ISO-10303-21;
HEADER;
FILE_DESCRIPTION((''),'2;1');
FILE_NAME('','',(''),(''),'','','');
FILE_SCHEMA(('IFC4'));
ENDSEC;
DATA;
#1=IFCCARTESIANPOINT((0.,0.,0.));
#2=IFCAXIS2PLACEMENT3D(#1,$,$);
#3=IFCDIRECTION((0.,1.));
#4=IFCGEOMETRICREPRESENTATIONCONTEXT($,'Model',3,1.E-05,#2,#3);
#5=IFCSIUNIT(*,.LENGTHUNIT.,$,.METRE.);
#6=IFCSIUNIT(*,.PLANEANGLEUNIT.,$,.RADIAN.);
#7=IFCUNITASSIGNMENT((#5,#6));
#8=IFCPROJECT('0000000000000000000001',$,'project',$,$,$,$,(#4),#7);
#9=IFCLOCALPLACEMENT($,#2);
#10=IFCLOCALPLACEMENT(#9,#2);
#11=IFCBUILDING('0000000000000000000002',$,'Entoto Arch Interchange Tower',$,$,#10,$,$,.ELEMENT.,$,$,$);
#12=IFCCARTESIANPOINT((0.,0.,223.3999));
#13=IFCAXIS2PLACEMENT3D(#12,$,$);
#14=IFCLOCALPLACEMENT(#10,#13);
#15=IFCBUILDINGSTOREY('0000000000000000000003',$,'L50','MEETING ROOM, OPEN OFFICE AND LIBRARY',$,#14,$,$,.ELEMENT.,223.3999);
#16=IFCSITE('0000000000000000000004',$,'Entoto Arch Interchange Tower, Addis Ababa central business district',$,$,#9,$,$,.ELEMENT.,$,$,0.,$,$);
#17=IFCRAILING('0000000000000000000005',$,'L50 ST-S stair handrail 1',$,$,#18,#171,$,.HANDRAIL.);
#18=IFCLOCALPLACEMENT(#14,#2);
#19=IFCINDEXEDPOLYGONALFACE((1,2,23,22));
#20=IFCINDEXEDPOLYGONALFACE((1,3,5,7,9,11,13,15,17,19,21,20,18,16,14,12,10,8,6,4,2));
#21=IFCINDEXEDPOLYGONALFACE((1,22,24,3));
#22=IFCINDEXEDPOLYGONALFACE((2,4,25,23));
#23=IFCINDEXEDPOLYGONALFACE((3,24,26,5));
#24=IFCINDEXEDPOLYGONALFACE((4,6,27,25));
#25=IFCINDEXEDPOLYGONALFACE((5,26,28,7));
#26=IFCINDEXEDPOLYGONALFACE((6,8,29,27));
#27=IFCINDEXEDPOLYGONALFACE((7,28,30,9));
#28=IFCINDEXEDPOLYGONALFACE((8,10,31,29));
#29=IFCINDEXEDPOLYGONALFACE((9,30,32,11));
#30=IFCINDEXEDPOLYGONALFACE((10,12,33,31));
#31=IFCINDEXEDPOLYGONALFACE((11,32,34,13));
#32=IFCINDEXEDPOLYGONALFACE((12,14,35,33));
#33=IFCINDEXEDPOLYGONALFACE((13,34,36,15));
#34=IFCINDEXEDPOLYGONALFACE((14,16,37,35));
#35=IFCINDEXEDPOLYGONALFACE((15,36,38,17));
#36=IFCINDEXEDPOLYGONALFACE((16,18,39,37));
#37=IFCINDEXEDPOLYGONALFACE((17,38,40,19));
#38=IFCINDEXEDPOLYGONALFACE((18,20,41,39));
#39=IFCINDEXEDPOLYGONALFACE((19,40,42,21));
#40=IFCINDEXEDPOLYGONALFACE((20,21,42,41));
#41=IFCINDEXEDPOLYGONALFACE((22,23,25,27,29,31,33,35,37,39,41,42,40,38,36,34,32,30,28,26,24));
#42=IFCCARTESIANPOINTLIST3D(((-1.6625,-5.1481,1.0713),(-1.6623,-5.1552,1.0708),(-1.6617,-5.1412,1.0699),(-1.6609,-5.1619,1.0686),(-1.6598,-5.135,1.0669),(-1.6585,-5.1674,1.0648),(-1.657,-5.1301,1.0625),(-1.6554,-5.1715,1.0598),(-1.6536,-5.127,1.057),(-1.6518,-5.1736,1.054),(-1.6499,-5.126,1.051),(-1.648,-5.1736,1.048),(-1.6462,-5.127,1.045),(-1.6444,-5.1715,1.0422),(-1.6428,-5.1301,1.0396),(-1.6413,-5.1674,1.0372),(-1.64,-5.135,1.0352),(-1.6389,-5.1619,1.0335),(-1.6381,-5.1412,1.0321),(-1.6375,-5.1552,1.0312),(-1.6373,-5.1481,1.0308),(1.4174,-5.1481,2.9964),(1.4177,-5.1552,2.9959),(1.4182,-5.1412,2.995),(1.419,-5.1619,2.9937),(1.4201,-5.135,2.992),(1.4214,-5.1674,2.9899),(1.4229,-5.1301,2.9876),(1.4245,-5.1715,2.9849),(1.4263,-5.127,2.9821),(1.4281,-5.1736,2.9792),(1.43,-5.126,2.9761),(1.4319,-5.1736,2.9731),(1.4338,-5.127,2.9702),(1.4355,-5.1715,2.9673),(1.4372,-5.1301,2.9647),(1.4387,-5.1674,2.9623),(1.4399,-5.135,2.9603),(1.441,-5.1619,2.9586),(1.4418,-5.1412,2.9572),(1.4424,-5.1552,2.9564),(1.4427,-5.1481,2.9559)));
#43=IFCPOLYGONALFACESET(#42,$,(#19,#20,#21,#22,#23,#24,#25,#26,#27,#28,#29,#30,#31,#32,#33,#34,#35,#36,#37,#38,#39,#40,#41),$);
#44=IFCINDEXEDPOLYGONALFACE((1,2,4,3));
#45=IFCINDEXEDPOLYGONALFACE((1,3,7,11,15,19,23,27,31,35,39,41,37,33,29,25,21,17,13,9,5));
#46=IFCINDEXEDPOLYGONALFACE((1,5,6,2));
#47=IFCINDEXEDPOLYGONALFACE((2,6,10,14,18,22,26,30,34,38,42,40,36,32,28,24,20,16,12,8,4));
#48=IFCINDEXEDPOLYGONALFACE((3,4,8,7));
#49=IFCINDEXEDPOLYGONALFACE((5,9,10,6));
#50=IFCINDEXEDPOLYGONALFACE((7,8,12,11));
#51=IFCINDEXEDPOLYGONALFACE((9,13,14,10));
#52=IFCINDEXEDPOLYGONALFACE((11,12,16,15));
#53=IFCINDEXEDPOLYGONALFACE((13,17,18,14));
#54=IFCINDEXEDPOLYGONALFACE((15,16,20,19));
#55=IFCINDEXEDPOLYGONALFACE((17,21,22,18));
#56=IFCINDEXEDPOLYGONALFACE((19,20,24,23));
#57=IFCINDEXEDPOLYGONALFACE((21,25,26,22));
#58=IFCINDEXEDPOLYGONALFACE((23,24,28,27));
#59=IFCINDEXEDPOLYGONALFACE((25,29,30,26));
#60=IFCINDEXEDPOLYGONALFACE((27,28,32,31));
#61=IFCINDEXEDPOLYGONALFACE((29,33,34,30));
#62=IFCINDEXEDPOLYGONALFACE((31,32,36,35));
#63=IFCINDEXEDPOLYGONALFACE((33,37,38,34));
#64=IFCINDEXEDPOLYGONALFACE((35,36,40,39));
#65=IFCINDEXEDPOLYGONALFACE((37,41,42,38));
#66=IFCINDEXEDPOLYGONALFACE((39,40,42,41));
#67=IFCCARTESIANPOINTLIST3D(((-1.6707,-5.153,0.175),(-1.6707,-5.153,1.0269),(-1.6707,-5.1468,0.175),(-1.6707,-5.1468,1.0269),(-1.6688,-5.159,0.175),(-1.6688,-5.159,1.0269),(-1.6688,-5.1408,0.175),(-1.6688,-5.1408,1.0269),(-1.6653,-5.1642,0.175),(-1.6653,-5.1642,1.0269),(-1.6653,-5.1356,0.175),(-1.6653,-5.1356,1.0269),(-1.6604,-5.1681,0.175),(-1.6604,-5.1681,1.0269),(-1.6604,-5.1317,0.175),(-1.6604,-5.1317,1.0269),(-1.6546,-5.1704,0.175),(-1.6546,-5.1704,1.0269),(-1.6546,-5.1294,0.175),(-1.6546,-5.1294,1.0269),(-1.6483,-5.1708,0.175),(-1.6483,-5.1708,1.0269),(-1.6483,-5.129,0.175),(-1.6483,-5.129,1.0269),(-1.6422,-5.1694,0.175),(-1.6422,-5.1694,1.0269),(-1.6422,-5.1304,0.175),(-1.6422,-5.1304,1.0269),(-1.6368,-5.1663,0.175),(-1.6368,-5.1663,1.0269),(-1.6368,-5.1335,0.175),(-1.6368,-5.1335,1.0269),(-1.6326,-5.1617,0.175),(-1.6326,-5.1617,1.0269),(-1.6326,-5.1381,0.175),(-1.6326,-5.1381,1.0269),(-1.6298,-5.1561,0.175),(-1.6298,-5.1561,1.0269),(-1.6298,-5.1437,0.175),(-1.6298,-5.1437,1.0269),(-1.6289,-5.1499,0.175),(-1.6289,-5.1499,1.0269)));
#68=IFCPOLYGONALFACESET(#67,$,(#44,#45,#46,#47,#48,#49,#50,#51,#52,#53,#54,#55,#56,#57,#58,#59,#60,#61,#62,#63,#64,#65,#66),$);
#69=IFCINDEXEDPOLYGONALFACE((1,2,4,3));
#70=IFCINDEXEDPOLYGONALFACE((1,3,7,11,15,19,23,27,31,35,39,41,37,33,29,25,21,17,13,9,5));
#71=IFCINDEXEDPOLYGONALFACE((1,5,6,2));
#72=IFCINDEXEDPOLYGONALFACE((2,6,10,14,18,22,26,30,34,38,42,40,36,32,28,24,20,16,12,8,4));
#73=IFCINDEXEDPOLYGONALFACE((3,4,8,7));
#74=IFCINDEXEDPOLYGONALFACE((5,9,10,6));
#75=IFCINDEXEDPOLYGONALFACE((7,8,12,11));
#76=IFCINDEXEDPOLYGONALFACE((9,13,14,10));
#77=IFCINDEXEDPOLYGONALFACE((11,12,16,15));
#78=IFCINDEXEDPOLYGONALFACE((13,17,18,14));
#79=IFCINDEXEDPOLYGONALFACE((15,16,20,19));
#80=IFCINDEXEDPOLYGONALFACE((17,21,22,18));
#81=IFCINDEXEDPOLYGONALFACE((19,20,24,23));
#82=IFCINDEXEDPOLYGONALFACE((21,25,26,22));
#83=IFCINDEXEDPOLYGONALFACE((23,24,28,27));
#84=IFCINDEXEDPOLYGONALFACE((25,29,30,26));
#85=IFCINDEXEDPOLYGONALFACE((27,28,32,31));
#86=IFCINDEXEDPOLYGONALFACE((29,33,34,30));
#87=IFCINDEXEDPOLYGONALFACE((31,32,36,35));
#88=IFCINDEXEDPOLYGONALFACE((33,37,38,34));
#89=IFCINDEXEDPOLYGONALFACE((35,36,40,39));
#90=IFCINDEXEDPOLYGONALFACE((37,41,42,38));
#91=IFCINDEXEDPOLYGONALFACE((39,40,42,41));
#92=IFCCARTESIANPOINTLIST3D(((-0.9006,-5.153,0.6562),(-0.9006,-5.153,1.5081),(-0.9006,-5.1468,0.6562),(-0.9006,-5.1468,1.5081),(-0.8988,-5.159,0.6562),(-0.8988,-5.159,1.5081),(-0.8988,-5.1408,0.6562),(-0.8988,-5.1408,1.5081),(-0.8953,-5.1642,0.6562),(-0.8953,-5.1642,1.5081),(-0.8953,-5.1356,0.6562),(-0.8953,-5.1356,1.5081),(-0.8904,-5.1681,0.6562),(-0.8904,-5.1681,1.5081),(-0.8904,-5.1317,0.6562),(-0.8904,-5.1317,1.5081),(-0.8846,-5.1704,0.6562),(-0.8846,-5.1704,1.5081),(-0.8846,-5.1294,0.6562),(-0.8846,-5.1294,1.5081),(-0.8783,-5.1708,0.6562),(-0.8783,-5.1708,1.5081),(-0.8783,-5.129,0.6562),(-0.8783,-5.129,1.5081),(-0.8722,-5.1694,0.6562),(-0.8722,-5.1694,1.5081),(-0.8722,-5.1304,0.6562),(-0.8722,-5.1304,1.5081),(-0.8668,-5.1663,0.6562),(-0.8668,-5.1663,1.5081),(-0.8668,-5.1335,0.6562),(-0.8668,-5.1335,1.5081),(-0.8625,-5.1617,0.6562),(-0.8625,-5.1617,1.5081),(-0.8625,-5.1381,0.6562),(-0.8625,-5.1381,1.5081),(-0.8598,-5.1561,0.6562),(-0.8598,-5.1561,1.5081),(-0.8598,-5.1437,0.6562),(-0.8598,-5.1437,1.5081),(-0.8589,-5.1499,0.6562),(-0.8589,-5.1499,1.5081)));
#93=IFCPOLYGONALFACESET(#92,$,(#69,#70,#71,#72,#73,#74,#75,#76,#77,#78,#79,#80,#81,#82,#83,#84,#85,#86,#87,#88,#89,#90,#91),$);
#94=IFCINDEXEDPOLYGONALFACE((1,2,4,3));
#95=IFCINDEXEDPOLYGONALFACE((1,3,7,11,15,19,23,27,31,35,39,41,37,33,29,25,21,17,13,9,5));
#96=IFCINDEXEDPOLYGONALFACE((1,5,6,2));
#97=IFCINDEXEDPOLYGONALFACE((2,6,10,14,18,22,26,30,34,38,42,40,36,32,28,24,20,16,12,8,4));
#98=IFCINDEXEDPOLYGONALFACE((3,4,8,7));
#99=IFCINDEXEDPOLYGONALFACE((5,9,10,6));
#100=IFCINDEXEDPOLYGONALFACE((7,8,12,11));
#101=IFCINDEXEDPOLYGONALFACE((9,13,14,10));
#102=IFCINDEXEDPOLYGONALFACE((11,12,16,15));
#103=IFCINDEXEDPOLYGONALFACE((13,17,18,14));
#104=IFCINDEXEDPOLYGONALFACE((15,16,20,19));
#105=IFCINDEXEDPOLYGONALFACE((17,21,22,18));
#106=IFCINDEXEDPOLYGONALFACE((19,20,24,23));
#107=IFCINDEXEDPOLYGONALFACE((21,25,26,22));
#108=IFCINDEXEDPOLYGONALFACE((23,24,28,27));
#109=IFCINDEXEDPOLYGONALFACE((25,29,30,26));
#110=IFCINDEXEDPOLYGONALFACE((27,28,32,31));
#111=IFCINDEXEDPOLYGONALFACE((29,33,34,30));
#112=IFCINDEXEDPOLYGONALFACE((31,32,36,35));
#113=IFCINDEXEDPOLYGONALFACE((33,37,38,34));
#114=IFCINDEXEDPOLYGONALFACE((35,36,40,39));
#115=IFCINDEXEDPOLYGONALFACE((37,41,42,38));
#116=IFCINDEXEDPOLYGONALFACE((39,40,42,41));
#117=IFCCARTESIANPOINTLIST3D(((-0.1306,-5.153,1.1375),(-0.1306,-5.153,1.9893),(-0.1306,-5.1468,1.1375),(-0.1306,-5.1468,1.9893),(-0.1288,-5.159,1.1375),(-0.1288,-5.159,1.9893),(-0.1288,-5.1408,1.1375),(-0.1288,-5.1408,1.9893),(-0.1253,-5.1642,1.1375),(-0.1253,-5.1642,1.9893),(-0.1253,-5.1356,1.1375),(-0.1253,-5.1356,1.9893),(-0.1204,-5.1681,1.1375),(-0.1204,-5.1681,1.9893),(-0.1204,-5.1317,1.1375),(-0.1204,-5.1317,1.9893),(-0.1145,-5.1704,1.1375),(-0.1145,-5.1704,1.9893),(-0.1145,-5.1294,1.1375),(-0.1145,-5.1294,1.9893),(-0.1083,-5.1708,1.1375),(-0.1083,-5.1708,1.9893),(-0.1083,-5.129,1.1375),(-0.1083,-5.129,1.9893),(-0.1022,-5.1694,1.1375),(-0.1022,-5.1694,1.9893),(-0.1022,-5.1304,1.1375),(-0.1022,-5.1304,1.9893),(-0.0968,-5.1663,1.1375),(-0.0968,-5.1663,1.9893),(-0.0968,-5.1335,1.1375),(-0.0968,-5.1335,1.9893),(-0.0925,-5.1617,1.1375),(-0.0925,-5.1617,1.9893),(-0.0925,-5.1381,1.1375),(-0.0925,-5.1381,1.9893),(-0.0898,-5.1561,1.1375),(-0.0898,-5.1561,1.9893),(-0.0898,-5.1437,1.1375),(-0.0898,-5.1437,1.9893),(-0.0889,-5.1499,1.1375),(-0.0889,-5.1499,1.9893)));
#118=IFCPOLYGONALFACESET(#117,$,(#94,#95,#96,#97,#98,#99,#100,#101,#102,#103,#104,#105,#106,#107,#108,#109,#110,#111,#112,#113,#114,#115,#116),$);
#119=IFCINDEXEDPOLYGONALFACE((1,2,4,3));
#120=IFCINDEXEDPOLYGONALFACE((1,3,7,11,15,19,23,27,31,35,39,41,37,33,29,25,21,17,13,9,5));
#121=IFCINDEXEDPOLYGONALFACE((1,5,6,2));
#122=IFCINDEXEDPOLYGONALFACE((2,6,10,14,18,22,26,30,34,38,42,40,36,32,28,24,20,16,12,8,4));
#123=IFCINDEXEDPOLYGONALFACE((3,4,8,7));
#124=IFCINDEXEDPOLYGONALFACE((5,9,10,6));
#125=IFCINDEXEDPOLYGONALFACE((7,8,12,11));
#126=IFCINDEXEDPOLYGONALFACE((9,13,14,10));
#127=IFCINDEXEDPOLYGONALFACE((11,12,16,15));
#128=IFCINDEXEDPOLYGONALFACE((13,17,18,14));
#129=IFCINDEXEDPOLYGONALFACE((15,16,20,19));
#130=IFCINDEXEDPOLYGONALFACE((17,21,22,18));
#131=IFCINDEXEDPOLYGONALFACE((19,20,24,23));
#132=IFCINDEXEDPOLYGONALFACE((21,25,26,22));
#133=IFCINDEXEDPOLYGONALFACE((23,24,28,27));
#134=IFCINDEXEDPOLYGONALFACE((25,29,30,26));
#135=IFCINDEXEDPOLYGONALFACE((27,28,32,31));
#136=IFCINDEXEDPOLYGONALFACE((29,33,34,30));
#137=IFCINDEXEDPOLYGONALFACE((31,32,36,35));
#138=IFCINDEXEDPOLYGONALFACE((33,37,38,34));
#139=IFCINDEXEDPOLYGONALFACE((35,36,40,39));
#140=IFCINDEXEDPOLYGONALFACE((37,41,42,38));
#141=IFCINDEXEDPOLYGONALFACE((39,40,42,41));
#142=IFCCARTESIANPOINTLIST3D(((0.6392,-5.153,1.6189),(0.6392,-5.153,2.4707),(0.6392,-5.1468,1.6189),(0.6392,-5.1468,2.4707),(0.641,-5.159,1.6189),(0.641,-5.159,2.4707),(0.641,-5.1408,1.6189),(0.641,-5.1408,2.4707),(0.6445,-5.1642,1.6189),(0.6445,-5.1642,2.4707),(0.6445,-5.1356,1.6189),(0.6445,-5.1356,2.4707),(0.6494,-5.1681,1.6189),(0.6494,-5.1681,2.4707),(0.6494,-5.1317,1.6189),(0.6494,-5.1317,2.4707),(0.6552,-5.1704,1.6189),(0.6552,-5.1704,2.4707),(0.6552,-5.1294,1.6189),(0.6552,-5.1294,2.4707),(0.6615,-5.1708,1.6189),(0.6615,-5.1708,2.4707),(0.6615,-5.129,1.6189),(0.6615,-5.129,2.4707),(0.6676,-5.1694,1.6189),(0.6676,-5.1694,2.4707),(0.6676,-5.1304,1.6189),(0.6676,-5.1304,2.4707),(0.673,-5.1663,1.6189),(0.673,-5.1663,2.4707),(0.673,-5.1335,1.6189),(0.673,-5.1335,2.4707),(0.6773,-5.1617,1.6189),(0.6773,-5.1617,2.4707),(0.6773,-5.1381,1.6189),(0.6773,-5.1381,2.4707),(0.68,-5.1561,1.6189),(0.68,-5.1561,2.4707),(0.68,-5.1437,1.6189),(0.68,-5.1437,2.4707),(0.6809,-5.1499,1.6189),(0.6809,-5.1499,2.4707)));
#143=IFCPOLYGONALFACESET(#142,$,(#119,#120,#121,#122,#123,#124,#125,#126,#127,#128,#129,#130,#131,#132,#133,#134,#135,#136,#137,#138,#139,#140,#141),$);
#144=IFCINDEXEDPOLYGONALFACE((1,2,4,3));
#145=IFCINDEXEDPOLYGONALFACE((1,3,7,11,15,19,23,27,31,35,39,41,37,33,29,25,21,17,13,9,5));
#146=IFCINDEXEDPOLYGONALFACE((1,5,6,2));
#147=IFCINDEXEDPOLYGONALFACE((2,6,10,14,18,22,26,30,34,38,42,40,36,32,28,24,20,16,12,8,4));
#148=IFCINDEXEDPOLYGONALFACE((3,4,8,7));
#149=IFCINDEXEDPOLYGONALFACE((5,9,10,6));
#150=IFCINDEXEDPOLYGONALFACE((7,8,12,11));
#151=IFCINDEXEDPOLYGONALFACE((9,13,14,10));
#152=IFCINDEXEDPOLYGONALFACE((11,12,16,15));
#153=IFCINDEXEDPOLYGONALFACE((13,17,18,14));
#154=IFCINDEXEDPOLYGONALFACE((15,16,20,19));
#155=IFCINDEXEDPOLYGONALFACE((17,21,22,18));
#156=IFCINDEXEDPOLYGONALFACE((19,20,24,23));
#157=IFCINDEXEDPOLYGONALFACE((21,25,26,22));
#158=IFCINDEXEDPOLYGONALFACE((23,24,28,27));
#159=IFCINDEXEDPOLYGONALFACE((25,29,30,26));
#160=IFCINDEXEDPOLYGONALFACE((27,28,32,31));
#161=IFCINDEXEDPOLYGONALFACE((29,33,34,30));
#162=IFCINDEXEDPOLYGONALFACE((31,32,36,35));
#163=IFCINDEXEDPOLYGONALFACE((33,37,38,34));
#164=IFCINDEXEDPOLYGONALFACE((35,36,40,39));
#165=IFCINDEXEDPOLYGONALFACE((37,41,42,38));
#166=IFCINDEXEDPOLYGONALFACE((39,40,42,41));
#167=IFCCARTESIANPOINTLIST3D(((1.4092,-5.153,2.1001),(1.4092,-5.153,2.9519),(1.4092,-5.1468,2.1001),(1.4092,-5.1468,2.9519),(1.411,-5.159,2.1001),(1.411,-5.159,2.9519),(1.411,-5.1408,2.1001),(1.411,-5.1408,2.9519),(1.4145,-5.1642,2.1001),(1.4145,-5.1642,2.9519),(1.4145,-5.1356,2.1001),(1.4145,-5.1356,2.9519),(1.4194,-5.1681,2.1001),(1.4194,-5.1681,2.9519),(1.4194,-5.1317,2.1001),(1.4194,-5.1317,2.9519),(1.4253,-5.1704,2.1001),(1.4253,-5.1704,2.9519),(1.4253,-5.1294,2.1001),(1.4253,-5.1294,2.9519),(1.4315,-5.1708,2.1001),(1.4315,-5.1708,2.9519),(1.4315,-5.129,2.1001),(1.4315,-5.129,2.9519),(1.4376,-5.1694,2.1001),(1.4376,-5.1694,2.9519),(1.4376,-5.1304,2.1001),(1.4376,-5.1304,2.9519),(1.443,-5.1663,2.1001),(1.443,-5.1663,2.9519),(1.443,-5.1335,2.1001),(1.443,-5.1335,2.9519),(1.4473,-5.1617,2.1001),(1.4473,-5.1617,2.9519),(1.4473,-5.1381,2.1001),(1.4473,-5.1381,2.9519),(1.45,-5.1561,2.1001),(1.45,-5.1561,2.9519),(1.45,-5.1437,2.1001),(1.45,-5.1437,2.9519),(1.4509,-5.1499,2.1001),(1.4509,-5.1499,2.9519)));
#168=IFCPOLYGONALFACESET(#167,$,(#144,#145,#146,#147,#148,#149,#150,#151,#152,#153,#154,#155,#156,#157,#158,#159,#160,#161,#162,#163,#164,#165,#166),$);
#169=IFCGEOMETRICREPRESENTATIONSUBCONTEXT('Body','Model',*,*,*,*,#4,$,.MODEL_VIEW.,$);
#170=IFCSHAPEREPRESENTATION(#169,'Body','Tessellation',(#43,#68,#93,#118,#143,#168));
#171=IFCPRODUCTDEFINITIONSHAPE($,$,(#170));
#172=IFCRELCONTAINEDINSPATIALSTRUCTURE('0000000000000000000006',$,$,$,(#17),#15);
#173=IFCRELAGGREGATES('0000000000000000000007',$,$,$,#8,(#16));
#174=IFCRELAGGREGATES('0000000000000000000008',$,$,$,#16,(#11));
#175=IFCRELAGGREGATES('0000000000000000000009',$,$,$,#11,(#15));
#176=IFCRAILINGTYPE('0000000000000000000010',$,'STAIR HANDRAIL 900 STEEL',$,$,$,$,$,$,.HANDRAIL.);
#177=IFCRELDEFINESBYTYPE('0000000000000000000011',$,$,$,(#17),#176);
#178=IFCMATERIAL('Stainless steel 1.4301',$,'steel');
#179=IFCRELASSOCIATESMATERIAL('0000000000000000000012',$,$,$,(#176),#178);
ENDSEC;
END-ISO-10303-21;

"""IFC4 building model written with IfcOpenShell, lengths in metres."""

from ifc_helpers import new_model, si_unit, direction, frame, origin, origin_2d, place, context, subcontext, project, spatial, circle, extrude, material, type_object, element, save


model = new_model("IFC4")

# Units and contexts
model_context = context("Model", 3, precision=1e-05, world=origin(), true_north=direction((0.0, 1.0)))
body_context = subcontext(model_context, "Body", "Model", "MODEL_VIEW")
ifc_project = project(units=[si_unit("LENGTHUNIT", "METRE"), si_unit("PLANEANGLEUNIT", "RADIAN")], contexts=[model_context])

# Site, building, storey
site_placement = place(None, origin())
site = spatial("IfcSite", under=ifc_project, at=site_placement, Name="Entoto Arch Interchange Tower, Addis Ababa central business district", CompositionType="ELEMENT", RefElevation=0.0)
building_placement = place(site_placement, origin())
building = spatial("IfcBuilding", under=site, at=building_placement, Name="Entoto Arch Interchange Tower", CompositionType="ELEMENT")
storey_placement = place(building_placement, frame((0.0, 0.0, 223.3999)))
storey = spatial("IfcBuildingStorey", under=building, at=storey_placement, Name="L50", Description="MEETING ROOM, OPEN OFFICE AND LIBRARY", CompositionType="ELEMENT", Elevation=223.3999)

# Railing
ifc_material_1 = material(Name="Stainless steel 1.4301", Category="steel")
railing_type_1 = type_object("IfcRailingType", Name="STAIR HANDRAIL 900 STEEL", PredefinedType="HANDRAIL", material=ifc_material_1)
railing_1_placement = place(storey_placement, frame((-1.6499, -5.1499, 0.175)))
element("IfcRailing", 1, at=railing_1_placement, inside=storey, type_object=railing_type_1, Name="L50 ST-S stair handrail 1", PredefinedType="HANDRAIL", context=body_context, shape_type="SweptSolid", body=[
    extrude(circle(Radius=0.0239, at=origin_2d()), frame((0.0, 0.0, 0.876), z_axis=(0.847979, 0.0, 0.530029), x_axis=(0.0, 1.0, 0.0)), (0.0, 0.0, 1.0), 3.6321),
    extrude(circle(Radius=0.021, at=origin_2d()), origin(), (0.0, 0.0, 1.0), 0.8518),
    extrude(circle(Radius=0.021, at=origin_2d()), frame((0.77, 0.0, 0.4812)), (0.0, 0.0, 1.0), 0.8518),
    extrude(circle(Radius=0.021, at=origin_2d()), frame((1.54, 0.0, 0.9624)), (0.0, 0.0, 1.0), 0.8518),
    extrude(circle(Radius=0.021, at=origin_2d()), frame((2.3098, 0.0, 1.4438)), (0.0, 0.0, 1.0), 0.8518),
    extrude(circle(Radius=0.021, at=origin_2d()), frame((3.0798, 0.0, 1.925)), (0.0, 0.0, 1.0), 0.8518),
])

save(model, "model.ifc")
